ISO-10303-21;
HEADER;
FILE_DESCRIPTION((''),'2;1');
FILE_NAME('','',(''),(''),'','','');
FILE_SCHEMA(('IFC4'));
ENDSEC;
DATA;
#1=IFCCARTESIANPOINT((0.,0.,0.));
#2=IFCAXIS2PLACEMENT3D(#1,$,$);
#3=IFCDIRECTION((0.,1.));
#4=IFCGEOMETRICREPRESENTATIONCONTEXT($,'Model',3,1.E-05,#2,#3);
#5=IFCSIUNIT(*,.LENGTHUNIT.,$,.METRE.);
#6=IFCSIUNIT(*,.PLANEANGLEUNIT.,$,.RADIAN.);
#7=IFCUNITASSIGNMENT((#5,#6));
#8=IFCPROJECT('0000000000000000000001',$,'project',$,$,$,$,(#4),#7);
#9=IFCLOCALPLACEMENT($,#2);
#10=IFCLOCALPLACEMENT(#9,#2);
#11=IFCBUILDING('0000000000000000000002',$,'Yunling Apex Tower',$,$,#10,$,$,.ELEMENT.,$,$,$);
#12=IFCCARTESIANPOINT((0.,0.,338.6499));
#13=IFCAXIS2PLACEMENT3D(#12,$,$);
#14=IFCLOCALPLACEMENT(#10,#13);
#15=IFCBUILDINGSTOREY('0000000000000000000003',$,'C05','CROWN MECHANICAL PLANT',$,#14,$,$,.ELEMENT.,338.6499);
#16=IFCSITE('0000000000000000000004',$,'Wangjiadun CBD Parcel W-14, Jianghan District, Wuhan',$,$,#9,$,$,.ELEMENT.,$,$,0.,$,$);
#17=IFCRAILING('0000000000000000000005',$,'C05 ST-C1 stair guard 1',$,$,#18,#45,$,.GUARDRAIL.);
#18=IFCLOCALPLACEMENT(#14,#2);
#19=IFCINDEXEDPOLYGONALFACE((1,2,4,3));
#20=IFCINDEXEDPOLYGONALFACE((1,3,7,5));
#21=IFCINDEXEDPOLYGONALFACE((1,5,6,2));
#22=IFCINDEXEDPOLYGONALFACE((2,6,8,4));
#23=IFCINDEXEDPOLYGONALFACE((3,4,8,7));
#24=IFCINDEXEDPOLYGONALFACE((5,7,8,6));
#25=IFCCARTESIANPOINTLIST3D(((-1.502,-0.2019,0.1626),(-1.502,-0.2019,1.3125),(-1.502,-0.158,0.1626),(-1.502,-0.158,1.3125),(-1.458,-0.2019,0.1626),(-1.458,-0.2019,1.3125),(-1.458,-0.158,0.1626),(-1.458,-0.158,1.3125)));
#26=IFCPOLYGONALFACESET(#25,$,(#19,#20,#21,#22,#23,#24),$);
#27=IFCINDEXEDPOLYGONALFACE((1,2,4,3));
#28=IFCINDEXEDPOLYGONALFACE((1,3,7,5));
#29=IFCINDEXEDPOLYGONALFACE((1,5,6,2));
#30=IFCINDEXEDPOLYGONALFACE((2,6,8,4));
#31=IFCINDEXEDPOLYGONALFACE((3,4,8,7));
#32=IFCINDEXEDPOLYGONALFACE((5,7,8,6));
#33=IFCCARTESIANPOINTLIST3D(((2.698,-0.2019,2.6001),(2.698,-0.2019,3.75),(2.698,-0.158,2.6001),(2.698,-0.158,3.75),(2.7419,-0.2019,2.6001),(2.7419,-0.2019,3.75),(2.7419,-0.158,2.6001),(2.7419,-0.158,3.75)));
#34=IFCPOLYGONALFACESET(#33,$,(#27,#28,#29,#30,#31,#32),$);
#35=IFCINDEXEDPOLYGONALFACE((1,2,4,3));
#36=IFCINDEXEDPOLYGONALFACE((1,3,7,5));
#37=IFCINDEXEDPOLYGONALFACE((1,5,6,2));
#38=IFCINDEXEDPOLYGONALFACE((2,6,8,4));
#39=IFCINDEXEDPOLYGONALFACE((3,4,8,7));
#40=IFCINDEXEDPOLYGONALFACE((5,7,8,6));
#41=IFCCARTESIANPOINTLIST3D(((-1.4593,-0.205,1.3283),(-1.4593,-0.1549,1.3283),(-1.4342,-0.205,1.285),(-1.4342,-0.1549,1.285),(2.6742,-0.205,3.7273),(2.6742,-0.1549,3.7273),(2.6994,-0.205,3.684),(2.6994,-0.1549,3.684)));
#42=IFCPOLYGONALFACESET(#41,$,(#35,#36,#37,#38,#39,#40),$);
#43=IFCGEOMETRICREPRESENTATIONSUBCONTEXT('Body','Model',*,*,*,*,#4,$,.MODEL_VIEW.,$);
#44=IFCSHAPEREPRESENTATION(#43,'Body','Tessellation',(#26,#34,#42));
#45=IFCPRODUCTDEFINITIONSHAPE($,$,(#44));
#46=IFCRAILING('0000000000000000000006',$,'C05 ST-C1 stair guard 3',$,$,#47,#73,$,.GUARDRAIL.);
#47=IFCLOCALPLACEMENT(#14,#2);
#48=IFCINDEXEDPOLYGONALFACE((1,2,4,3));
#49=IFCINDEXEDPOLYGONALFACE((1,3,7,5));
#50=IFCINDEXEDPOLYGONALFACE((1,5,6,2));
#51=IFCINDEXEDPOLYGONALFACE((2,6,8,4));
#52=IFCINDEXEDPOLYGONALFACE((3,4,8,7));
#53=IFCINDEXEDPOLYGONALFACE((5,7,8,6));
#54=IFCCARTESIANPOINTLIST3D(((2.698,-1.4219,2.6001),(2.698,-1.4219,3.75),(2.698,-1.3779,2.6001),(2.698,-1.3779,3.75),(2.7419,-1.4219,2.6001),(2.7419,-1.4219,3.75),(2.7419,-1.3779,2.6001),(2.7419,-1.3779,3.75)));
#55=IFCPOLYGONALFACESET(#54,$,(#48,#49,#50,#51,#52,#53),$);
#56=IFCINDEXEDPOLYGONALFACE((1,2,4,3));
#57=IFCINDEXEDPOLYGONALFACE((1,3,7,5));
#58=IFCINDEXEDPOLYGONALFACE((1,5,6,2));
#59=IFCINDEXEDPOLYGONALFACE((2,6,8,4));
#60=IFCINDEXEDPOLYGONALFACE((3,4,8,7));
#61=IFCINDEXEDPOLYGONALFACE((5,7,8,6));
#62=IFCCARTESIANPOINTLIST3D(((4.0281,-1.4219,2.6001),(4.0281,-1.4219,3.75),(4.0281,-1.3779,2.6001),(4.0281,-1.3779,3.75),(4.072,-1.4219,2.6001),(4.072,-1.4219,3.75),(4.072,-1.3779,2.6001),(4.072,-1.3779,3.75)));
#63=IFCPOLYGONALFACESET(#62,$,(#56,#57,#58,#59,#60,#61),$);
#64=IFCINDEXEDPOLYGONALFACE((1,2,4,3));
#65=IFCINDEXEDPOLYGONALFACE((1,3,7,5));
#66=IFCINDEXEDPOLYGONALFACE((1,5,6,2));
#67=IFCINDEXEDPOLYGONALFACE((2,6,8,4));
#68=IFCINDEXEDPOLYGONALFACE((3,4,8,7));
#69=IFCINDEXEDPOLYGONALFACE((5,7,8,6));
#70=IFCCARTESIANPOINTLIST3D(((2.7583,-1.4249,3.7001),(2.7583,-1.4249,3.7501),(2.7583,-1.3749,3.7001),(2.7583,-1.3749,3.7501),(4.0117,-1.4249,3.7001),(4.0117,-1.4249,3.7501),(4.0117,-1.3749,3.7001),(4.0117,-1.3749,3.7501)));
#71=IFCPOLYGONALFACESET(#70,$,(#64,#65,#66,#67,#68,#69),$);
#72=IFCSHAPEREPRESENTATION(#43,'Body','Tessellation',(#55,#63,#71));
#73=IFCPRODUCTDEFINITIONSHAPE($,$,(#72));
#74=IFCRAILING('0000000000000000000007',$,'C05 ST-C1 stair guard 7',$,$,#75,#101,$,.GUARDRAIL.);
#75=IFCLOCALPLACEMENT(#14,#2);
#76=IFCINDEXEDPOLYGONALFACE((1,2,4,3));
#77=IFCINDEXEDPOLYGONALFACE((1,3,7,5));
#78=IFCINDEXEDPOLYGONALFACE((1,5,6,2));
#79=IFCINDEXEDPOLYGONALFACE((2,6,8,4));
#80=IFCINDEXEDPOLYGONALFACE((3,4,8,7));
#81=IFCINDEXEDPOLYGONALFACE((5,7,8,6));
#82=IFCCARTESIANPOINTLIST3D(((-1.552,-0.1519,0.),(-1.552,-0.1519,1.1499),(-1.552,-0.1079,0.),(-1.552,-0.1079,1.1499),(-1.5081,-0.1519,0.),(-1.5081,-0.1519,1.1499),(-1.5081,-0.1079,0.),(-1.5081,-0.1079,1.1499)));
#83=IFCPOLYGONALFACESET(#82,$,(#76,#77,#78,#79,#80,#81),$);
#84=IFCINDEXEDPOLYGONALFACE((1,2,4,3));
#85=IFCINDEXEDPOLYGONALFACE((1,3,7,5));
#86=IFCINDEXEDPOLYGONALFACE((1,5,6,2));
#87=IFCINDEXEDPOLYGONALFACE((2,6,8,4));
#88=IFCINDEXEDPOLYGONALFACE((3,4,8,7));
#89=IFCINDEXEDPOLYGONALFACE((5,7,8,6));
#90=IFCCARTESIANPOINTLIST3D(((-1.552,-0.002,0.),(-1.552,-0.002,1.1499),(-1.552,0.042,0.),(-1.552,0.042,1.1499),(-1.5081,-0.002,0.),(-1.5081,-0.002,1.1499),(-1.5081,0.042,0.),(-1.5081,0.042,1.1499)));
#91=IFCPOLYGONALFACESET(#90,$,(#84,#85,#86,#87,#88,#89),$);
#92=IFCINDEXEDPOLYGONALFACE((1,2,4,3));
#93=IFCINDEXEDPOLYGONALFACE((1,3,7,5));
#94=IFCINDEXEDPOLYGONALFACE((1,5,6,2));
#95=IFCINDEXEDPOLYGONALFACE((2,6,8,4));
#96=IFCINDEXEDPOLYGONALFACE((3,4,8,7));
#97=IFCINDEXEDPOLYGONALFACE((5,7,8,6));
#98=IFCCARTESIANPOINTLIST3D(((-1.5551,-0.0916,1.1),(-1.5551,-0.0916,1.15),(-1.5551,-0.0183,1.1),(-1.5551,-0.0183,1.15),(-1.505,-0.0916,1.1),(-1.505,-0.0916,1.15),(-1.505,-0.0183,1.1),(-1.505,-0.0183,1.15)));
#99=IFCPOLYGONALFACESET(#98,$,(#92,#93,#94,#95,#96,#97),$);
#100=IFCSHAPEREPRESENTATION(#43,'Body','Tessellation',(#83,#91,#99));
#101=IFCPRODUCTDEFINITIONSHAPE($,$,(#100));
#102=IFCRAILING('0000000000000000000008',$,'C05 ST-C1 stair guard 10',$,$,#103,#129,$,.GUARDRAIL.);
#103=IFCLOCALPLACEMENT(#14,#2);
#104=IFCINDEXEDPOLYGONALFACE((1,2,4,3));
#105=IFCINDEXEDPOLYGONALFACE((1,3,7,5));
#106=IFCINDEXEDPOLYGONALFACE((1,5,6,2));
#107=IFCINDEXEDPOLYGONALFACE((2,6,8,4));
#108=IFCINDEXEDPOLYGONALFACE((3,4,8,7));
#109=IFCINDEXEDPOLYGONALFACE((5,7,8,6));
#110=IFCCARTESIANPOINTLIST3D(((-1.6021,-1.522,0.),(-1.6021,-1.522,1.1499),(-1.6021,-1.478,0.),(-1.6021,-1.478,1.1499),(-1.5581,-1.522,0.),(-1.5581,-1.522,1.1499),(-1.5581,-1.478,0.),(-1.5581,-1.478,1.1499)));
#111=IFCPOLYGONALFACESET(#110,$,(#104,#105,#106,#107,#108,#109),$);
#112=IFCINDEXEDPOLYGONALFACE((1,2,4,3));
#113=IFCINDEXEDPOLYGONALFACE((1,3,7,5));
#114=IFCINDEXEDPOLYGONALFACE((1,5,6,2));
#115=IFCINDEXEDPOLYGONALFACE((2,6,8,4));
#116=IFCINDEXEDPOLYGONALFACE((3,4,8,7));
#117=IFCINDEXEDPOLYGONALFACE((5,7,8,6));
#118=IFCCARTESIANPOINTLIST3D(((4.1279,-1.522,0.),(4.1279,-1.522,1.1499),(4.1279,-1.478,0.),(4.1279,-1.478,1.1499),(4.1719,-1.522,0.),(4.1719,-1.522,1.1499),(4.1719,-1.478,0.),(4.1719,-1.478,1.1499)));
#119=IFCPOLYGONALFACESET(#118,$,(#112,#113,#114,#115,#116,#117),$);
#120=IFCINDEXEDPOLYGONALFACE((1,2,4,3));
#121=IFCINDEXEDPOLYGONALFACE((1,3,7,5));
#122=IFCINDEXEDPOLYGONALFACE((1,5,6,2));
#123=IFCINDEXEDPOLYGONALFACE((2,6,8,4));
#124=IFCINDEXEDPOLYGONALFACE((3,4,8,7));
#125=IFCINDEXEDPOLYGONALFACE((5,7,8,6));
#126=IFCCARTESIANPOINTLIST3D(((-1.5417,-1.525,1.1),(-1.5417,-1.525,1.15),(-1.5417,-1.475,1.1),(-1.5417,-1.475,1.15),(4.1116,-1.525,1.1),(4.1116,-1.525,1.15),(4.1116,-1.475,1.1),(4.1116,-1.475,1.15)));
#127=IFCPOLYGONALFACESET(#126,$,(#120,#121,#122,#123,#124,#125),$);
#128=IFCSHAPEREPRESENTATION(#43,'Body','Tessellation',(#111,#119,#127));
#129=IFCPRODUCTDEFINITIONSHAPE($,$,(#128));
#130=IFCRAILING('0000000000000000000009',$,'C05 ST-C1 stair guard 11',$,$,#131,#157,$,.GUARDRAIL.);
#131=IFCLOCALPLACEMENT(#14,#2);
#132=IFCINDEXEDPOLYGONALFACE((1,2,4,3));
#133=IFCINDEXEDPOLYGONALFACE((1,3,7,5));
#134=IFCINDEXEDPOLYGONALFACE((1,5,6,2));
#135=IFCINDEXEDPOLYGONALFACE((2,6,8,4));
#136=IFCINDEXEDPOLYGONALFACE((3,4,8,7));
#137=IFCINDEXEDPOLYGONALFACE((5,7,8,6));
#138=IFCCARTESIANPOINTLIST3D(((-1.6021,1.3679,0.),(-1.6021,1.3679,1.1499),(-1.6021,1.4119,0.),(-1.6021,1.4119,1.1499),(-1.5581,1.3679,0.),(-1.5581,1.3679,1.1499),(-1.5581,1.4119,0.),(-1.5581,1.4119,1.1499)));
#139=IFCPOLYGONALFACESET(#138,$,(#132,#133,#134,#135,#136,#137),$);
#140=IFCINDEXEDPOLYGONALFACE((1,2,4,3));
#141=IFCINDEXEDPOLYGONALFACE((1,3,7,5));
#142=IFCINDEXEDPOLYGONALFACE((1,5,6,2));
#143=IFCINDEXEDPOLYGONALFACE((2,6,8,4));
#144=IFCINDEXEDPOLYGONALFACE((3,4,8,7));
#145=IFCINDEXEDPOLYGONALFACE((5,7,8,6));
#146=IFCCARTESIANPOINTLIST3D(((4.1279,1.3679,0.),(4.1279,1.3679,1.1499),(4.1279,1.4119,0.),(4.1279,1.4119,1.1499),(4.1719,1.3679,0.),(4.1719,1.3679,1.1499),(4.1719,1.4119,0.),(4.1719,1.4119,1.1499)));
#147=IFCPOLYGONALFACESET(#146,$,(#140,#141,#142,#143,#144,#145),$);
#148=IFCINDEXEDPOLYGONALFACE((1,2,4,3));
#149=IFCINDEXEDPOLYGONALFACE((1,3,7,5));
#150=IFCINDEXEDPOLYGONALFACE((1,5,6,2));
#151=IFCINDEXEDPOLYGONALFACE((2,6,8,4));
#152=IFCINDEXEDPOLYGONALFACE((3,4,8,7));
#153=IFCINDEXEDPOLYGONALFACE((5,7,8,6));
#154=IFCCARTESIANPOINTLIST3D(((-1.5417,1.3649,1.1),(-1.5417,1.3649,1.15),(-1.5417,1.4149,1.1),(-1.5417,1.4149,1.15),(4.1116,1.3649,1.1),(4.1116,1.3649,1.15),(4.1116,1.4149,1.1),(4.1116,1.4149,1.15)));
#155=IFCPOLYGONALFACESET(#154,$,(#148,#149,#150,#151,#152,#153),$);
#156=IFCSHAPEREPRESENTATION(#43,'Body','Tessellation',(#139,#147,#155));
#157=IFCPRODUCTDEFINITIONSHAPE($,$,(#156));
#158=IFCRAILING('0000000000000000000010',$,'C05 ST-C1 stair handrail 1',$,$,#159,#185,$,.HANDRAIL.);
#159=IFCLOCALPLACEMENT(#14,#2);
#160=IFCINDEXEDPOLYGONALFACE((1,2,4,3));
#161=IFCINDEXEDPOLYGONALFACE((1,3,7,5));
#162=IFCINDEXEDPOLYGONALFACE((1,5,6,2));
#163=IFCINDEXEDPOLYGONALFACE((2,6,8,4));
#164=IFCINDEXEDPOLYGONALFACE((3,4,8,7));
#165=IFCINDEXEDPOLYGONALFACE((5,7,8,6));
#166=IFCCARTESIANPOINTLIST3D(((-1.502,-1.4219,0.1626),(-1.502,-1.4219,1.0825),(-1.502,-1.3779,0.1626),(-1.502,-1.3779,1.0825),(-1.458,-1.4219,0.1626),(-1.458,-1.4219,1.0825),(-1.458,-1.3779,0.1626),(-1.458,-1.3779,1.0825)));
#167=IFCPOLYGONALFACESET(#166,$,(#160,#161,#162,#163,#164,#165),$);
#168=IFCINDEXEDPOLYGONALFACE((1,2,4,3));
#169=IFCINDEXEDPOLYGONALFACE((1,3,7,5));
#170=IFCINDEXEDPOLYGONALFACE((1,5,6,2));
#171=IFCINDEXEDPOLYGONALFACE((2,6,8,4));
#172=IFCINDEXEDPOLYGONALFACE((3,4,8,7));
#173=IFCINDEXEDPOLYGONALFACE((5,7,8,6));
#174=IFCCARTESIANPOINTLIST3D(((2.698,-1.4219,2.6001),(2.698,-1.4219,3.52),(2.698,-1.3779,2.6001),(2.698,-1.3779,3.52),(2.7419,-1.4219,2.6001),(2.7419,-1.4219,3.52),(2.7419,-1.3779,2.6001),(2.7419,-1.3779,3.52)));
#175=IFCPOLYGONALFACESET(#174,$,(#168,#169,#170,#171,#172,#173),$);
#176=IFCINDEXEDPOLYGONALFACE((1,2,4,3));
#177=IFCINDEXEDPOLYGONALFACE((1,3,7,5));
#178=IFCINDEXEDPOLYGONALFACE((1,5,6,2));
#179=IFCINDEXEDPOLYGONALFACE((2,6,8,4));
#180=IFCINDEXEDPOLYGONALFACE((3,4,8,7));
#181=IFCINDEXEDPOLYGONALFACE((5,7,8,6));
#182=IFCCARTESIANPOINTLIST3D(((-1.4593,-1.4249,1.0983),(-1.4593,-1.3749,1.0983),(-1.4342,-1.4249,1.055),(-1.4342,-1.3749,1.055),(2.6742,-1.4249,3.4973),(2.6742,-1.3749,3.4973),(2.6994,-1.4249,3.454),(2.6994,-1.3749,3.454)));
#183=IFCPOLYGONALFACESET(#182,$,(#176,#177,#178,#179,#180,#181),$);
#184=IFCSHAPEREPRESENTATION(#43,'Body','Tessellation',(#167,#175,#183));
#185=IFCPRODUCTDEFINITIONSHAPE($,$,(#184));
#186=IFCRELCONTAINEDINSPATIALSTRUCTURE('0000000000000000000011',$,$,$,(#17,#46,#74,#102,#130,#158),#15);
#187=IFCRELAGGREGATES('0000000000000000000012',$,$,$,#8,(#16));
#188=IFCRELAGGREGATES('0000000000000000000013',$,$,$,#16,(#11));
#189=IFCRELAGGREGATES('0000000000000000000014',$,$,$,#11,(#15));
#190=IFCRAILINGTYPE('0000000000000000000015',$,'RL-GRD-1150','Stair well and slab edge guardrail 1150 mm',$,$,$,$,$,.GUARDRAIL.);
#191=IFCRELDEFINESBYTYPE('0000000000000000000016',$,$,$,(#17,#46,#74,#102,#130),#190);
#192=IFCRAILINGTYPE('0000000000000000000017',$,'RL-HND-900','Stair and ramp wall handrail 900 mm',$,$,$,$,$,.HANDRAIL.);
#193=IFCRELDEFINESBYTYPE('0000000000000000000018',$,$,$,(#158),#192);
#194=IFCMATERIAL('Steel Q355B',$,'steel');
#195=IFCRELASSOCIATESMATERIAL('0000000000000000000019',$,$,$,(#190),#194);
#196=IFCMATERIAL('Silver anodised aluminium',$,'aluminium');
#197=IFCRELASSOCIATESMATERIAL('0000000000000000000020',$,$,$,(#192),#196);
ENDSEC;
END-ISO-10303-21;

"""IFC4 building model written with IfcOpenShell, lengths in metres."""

from ifc_helpers import new_model, si_unit, direction, frame, origin, origin_2d, place, context, subcontext, project, spatial, rectangle, extrude, material, type_object, element, save


model = new_model("IFC4")

# Units and contexts
model_context = context("Model", 3, precision=1e-05, world=origin(), true_north=direction((0.0, 1.0)))
body_context = subcontext(model_context, "Body", "Model", "MODEL_VIEW")
ifc_project = project(units=[si_unit("LENGTHUNIT", "METRE"), si_unit("PLANEANGLEUNIT", "RADIAN")], contexts=[model_context])

# Site, building, storey
site_placement = place(None, origin())
site = spatial("IfcSite", under=ifc_project, at=site_placement, Name="Wangjiadun CBD Parcel W-14, Jianghan District, Wuhan", CompositionType="ELEMENT", RefElevation=0.0)
building_placement = place(site_placement, origin())
building = spatial("IfcBuilding", under=site, at=building_placement, Name="Yunling Apex Tower", CompositionType="ELEMENT")
storey_placement = place(building_placement, frame((0.0, 0.0, 338.6499)))
storey = spatial("IfcBuildingStorey", under=building, at=storey_placement, Name="C05", Description="CROWN MECHANICAL PLANT", CompositionType="ELEMENT", Elevation=338.6499)

# Shared definitions
ifc_material_1 = material(Name="Steel Q355B", Category="steel")

# Railings
railing_type_1 = type_object("IfcRailingType", Name="RL-GRD-1150", Description="Stair well and slab edge guardrail 1150 mm", PredefinedType="GUARDRAIL", material=ifc_material_1)
railing_1_placement = place(storey_placement, frame((-1.48, -0.1799, 0.1626)))
element("IfcRailing", 1, at=railing_1_placement, inside=storey, type_object=railing_type_1, Name="C05 ST-C1 stair guard 1", PredefinedType="GUARDRAIL", context=body_context, shape_type="SweptSolid", body=[
    extrude(rectangle(XDim=0.0439, YDim=0.0439, at=origin_2d()), origin(), (0.0, 0.0, 1.0), 1.1499),
    extrude(rectangle(XDim=0.0439, YDim=0.0439, at=origin_2d()), frame((4.2, 0.0, 2.4375)), (0.0, 0.0, 1.0), 1.1499),
    extrude(rectangle(XDim=0.05, YDim=0.05, at=origin_2d()), frame((0.0332, 0.0, 1.144), z_axis=(0.864895, 0.0, 0.501954), x_axis=(0.0, 1.0, 0.0)), (0.0, 0.0, 1.0), 4.7793),
])
railing_2_placement = place(storey_placement, frame((2.72, -1.3999, 2.6001)))
element("IfcRailing", 2, at=railing_2_placement, inside=storey, type_object=railing_type_1, Name="C05 ST-C1 stair guard 3", PredefinedType="GUARDRAIL", context=body_context, shape_type="SweptSolid", body=[
    extrude(rectangle(XDim=0.0439, YDim=0.0439, at=origin_2d()), origin(), (0.0, 0.0, 1.0), 1.1499),
    extrude(rectangle(XDim=0.0439, YDim=0.0439, at=origin_2d()), frame((1.3301, 0.0, 0.0)), (0.0, 0.0, 1.0), 1.1499),
    extrude(rectangle(XDim=0.05, YDim=0.05, at=origin_2d()), frame((0.0383, 0.0, 1.125), z_axis=(1.0, 0.0, 0.0), x_axis=(0.0, 1.0, 0.0)), (0.0, 0.0, 1.0), 1.2534),
])
railing_3_placement = place(storey_placement, frame((-1.53, -0.1299, 0.0)))
element("IfcRailing", 3, at=railing_3_placement, inside=storey, type_object=railing_type_1, Name="C05 ST-C1 stair guard 7", PredefinedType="GUARDRAIL", context=body_context, shape_type="SweptSolid", body=[
    extrude(rectangle(XDim=0.0439, YDim=0.0439, at=origin_2d()), origin(), (0.0, 0.0, 1.0), 1.1499),
    extrude(rectangle(XDim=0.0439, YDim=0.0439, at=origin_2d()), frame((0.0, 0.1499, 0.0)), (0.0, 0.0, 1.0), 1.1499),
    extrude(rectangle(XDim=0.05, YDim=0.05, at=origin_2d()), frame((0.0, 0.0383, 1.125), z_axis=(0.0, 1.0, 0.0), x_axis=(-1.0, 0.0, 0.0)), (0.0, 0.0, 1.0), 0.0732),
])
for number, where, name in (
    (4, (-1.5801, -1.5, 0.0), "C05 ST-C1 stair guard 10"),
    (5, (-1.5801, 1.3899, 0.0), "C05 ST-C1 stair guard 11"),
):
    element("IfcRailing", number, at=place(storey_placement, frame(where)), inside=storey, type_object=railing_type_1, Name=name, PredefinedType="GUARDRAIL", context=body_context, shape_type="SweptSolid", body=[
        extrude(rectangle(XDim=0.0439, YDim=0.0439, at=origin_2d()), origin(), (0.0, 0.0, 1.0), 1.1499),
        extrude(rectangle(XDim=0.0439, YDim=0.0439, at=origin_2d()), frame((5.73, 0.0, 0.0)), (0.0, 0.0, 1.0), 1.1499),
        extrude(rectangle(XDim=0.05, YDim=0.05, at=origin_2d()), frame((0.0383, 0.0, 1.125), z_axis=(1.0, 0.0, 0.0), x_axis=(0.0, 1.0, 0.0)), (0.0, 0.0, 1.0), 5.6533),
    ])
ifc_material_2 = material(Name="Silver anodised aluminium", Category="aluminium")
railing_type_2 = type_object("IfcRailingType", Name="RL-HND-900", Description="Stair and ramp wall handrail 900 mm", PredefinedType="HANDRAIL", material=ifc_material_2)
railing_4_placement = place(storey_placement, frame((-1.48, -1.3999, 0.1626)))
element("IfcRailing", 6, at=railing_4_placement, inside=storey, type_object=railing_type_2, Name="C05 ST-C1 stair handrail 1", PredefinedType="HANDRAIL", context=body_context, shape_type="SweptSolid", body=[
    extrude(rectangle(XDim=0.0439, YDim=0.0439, at=origin_2d()), origin(), (0.0, 0.0, 1.0), 0.9199),
    extrude(rectangle(XDim=0.0439, YDim=0.0439, at=origin_2d()), frame((4.2, 0.0, 2.4375)), (0.0, 0.0, 1.0), 0.9199),
    extrude(rectangle(XDim=0.05, YDim=0.05, at=origin_2d()), frame((0.0332, 0.0, 0.9141), z_axis=(0.864895, 0.0, 0.501954), x_axis=(0.0, 1.0, 0.0)), (0.0, 0.0, 1.0), 4.7793),
])

save(model, "model.ifc")
